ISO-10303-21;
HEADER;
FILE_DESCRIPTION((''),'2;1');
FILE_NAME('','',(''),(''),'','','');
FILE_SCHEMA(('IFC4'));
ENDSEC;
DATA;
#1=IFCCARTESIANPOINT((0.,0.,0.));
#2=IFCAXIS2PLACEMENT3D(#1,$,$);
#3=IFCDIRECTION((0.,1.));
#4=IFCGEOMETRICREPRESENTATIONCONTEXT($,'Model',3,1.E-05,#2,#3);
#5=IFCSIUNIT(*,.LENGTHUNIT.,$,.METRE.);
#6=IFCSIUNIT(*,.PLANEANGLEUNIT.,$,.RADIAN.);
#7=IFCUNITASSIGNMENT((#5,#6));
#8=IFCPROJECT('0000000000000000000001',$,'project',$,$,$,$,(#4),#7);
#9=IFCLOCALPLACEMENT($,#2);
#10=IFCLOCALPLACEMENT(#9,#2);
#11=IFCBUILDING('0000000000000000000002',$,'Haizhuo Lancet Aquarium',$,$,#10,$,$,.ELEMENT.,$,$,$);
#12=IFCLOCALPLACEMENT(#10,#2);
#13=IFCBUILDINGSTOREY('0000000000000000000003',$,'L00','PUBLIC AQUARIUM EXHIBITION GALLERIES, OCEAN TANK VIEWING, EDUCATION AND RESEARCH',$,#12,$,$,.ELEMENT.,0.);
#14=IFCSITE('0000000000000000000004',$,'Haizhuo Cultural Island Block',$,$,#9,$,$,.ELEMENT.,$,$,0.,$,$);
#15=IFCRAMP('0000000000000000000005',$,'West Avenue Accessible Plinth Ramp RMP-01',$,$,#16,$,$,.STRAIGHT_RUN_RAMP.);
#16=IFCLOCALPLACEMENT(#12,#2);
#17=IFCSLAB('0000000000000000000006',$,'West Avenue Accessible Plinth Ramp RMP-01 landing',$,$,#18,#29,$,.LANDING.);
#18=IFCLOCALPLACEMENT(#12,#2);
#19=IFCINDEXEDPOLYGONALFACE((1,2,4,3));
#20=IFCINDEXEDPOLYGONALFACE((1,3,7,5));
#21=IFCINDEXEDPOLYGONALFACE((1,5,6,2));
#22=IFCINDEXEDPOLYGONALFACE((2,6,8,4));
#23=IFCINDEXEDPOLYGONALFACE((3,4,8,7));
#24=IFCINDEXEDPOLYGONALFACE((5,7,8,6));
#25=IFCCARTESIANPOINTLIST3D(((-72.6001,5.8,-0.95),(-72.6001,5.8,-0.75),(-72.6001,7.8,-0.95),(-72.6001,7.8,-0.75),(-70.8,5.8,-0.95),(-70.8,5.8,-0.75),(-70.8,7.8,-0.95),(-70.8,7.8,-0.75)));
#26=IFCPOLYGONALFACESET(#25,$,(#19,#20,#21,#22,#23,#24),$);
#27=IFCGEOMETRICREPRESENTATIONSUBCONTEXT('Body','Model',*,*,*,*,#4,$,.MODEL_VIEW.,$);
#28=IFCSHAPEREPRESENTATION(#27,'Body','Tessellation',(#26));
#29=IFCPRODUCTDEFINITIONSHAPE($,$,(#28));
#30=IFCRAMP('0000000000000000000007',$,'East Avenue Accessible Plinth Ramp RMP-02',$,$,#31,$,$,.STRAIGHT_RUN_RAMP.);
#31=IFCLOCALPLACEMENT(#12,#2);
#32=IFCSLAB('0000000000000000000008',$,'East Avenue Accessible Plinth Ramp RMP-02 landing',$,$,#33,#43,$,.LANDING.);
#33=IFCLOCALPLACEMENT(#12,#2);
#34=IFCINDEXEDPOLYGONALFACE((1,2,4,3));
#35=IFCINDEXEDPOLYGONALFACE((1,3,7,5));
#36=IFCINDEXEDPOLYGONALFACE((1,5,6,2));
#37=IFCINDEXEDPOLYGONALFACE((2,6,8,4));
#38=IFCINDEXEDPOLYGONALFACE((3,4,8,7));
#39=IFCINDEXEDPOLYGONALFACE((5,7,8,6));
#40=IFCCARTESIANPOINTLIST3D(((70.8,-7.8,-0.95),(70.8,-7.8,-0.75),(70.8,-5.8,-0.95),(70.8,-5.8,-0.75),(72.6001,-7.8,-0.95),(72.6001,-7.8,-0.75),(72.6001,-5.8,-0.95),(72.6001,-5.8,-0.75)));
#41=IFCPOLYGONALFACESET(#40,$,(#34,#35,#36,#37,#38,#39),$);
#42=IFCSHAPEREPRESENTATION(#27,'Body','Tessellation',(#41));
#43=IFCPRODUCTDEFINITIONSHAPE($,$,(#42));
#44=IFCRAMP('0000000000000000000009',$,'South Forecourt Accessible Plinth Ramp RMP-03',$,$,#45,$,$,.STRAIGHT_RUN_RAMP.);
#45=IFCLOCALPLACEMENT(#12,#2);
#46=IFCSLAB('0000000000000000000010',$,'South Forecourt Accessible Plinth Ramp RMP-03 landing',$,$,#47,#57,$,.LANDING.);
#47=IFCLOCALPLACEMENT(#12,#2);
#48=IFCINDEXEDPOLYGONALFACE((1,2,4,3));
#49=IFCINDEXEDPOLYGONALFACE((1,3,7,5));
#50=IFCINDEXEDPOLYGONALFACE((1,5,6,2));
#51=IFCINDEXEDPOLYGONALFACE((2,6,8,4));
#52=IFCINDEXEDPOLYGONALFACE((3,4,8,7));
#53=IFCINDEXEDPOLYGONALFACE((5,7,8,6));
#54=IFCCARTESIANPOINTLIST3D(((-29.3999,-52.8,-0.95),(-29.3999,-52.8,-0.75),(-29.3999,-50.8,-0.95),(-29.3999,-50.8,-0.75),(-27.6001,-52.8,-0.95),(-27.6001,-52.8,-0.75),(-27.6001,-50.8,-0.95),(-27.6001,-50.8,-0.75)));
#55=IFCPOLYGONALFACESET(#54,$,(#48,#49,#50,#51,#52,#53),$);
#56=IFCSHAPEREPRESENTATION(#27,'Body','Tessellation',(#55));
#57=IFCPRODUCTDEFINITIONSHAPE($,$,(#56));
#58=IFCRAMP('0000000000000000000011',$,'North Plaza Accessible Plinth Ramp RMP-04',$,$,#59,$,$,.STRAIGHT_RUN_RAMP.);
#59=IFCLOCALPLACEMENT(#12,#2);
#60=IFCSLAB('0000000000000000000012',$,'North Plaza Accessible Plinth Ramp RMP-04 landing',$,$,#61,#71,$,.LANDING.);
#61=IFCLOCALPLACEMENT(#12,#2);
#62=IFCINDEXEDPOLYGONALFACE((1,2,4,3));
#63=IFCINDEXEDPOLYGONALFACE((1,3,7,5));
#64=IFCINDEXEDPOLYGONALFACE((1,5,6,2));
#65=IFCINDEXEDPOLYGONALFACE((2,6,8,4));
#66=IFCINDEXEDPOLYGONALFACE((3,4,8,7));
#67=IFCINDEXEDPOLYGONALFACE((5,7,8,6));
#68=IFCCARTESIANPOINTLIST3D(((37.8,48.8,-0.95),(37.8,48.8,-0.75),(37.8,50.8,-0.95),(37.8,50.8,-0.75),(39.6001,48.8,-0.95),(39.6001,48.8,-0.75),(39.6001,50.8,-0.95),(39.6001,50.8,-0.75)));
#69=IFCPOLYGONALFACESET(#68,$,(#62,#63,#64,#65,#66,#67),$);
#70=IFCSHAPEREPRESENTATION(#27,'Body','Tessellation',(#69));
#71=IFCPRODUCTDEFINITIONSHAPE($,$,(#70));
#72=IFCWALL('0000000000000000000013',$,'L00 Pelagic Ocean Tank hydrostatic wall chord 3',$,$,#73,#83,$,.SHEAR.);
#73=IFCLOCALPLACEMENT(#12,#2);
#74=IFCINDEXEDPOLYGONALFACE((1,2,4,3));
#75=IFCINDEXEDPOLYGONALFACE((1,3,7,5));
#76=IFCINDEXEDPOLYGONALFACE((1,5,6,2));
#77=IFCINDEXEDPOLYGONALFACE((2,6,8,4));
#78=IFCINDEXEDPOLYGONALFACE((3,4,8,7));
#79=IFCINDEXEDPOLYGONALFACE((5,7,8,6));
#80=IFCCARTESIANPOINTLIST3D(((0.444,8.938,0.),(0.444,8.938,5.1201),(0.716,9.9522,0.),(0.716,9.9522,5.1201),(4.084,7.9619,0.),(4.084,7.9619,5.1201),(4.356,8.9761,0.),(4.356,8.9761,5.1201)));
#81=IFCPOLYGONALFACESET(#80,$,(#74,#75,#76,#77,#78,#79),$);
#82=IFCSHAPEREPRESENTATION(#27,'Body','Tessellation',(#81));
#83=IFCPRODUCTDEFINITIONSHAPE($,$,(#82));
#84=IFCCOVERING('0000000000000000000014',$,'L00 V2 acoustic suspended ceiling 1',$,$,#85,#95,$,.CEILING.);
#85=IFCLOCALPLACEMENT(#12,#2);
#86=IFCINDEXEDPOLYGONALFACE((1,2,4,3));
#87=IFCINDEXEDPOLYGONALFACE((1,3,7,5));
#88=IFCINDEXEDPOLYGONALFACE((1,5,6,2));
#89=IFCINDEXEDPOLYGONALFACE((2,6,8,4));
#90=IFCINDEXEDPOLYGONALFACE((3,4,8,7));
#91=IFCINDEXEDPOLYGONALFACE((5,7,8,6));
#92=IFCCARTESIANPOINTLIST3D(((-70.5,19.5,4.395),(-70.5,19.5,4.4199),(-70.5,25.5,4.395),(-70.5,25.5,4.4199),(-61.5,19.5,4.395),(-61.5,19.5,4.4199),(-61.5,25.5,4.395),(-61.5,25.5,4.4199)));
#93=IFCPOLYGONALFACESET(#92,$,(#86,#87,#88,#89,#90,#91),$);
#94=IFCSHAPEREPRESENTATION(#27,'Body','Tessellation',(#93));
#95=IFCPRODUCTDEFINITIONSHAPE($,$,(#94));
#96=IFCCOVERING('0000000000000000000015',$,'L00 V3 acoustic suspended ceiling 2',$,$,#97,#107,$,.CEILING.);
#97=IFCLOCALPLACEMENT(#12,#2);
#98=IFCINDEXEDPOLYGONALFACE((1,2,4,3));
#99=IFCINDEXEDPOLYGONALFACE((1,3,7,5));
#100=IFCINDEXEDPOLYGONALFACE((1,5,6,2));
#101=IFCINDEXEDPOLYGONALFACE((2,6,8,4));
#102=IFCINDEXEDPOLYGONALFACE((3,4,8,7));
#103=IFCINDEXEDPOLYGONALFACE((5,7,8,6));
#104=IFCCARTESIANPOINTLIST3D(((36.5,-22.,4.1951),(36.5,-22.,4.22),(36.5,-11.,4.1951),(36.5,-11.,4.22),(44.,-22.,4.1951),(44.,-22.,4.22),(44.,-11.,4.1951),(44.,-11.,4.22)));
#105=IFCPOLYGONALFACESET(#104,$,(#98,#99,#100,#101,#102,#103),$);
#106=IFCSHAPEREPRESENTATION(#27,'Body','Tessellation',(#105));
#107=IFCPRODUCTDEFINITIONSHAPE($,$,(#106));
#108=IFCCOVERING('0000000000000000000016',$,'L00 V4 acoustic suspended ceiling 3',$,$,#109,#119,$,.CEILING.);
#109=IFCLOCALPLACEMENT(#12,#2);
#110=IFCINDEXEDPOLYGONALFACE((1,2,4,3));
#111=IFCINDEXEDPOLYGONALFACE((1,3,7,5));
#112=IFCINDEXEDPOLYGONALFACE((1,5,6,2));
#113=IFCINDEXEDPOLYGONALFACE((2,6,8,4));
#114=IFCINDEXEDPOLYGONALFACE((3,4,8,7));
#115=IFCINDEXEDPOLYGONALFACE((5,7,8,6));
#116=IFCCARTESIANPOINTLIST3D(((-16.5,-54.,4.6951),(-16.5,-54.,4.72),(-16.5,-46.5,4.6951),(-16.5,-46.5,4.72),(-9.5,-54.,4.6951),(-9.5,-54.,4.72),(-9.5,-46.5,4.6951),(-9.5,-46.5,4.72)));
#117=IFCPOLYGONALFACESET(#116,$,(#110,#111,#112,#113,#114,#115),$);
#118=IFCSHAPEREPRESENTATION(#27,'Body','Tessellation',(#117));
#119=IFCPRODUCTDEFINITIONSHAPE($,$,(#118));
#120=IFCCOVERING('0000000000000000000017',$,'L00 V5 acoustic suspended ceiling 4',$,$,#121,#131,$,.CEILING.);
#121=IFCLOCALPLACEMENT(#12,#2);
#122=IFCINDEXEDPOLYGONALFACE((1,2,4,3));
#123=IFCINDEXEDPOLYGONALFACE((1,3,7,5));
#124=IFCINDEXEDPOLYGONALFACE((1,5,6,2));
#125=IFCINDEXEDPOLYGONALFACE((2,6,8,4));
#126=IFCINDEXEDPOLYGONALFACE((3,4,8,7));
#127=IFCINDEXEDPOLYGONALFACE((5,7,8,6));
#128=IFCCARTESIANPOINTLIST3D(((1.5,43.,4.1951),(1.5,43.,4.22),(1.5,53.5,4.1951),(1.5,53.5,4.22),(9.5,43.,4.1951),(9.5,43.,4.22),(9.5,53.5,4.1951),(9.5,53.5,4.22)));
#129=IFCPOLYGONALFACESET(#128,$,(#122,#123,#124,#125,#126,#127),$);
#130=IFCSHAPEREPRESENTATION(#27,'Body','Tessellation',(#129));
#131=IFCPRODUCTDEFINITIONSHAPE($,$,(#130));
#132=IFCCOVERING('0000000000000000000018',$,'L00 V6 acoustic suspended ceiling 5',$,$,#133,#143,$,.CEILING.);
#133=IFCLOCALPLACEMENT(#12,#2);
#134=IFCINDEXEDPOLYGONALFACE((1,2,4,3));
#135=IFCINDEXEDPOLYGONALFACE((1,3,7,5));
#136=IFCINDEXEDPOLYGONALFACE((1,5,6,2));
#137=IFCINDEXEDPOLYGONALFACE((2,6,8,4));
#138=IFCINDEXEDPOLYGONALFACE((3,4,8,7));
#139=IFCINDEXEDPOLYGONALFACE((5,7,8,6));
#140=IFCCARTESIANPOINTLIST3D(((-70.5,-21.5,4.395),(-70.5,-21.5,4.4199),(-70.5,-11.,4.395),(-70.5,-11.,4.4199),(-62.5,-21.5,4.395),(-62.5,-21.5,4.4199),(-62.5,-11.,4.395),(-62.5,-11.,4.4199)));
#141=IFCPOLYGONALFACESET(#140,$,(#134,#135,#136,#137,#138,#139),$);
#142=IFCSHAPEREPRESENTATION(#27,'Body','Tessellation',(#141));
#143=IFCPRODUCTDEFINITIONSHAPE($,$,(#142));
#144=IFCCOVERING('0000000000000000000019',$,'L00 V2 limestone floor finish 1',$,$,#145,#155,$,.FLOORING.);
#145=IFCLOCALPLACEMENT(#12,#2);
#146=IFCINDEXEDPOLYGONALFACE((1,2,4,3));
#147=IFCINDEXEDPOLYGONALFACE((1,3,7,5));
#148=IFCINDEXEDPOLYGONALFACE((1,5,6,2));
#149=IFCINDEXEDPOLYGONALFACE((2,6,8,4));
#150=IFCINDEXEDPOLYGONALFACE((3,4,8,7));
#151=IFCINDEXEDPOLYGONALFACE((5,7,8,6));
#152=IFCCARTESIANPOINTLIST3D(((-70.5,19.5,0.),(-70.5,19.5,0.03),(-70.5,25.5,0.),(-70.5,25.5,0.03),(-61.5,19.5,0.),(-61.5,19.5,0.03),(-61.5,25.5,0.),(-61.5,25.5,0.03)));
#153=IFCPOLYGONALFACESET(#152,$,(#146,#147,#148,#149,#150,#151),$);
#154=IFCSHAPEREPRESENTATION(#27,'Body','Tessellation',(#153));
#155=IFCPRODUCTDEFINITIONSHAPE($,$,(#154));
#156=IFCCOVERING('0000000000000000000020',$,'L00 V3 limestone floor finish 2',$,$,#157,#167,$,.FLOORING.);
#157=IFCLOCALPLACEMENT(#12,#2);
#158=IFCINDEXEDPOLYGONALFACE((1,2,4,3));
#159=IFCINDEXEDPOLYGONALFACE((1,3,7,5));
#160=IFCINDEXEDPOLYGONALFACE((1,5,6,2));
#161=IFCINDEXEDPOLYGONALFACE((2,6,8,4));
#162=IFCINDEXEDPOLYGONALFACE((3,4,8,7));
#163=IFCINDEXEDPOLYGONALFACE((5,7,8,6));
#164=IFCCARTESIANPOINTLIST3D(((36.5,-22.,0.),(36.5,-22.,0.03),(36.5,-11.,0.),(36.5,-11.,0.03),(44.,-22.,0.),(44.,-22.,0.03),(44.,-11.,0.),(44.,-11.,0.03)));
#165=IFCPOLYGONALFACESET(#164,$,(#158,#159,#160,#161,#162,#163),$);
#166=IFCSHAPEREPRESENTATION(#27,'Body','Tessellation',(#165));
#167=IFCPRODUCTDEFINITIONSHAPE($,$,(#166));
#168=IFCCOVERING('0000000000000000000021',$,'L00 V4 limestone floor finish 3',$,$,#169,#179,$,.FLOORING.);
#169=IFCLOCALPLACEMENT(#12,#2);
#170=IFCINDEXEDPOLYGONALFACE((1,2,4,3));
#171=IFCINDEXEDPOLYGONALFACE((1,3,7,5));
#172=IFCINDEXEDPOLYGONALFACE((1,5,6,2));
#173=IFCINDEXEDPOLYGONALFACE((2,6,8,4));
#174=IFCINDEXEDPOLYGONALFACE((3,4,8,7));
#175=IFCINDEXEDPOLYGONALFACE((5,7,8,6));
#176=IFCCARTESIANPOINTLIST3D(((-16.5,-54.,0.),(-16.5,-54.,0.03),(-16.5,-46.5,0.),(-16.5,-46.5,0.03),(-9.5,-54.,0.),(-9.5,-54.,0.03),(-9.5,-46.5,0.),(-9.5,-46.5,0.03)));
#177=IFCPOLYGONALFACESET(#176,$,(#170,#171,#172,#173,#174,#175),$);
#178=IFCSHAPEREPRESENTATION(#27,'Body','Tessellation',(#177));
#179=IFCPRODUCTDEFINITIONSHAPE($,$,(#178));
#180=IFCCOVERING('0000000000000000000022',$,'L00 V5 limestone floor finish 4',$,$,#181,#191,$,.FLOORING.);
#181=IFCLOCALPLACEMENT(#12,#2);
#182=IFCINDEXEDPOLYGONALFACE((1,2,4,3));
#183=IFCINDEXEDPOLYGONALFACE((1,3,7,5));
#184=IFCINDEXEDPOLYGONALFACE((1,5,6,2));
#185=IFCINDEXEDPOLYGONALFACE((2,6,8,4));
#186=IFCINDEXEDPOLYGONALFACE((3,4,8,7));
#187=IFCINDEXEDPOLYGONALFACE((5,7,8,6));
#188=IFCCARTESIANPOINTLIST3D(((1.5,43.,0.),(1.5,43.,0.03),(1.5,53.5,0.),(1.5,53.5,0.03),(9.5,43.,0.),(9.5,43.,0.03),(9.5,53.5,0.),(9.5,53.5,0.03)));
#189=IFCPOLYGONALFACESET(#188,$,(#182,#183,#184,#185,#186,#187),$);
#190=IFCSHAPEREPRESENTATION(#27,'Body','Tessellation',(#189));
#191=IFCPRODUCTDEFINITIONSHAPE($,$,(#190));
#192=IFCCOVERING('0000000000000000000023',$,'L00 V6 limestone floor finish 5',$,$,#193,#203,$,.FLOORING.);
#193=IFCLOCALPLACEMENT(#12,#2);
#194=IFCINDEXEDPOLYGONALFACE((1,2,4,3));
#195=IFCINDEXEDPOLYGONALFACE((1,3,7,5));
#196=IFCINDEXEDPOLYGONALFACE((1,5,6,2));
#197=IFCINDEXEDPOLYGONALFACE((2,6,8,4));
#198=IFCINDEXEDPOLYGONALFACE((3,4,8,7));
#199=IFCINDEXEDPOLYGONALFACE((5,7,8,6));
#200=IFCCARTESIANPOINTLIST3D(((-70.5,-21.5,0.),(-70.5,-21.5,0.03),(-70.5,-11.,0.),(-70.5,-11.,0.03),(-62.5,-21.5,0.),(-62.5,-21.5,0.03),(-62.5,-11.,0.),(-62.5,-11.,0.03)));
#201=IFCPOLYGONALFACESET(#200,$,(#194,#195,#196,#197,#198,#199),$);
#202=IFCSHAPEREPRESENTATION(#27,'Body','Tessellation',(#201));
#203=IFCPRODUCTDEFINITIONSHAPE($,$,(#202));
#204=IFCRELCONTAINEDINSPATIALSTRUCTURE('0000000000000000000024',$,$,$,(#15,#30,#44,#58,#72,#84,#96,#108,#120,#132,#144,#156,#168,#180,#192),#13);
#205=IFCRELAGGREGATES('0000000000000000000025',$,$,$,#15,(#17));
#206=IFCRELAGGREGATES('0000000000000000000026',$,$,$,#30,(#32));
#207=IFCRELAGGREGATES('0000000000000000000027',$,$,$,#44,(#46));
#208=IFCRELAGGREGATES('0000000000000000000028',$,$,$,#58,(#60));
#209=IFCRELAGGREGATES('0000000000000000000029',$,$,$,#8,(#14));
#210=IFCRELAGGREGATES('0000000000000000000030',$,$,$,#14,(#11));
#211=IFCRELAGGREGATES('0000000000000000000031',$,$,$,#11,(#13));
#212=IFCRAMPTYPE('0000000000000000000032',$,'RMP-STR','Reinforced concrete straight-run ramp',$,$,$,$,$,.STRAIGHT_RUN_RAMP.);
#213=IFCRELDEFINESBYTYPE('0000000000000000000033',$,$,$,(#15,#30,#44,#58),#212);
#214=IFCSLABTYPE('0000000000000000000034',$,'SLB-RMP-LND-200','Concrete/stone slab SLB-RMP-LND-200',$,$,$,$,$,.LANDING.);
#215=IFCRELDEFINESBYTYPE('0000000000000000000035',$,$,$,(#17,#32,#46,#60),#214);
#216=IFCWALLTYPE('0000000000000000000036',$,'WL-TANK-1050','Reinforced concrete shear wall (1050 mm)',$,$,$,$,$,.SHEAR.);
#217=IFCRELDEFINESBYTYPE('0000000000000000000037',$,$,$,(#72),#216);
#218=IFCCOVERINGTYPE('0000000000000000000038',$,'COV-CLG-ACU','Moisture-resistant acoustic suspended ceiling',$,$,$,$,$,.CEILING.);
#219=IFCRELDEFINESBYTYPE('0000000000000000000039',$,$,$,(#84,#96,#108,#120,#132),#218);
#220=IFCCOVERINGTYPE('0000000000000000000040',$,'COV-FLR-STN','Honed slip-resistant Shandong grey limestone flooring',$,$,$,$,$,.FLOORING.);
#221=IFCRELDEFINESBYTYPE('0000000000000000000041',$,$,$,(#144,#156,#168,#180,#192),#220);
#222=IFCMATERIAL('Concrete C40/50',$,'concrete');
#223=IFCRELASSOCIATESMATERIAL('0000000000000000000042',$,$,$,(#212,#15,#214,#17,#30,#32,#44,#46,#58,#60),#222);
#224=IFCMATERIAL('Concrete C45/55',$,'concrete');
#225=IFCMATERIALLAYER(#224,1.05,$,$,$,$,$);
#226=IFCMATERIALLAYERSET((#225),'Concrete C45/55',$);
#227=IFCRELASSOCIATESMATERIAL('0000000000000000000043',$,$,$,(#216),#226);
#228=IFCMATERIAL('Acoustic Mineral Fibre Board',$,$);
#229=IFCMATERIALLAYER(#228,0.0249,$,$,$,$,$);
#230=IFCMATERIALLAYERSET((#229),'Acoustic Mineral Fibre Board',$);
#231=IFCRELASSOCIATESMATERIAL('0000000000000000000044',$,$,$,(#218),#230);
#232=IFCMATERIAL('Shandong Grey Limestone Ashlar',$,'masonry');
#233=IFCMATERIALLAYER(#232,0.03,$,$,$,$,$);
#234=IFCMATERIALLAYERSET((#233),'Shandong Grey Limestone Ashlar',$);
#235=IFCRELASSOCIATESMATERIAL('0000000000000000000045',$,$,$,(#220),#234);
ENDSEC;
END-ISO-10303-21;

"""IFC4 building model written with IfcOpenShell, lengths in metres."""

from ifc_helpers import new_model, si_unit, direction, frame, frame_2d, origin, place, context, subcontext, project, spatial, polyline, rectangle, outline, extrude, material, layer, layer_set, type_object, element, aggregate, save


model = new_model("IFC4")

# Units and contexts
model_context = context("Model", 3, precision=1e-05, world=origin(), true_north=direction((0.0, 1.0)))
body_context = subcontext(model_context, "Body", "Model", "MODEL_VIEW")
ifc_project = project(units=[si_unit("LENGTHUNIT", "METRE"), si_unit("PLANEANGLEUNIT", "RADIAN")], contexts=[model_context])

# Site, building, storey
site_placement = place(None, origin())
site = spatial("IfcSite", under=ifc_project, at=site_placement, Name="Haizhuo Cultural Island Block", CompositionType="ELEMENT", RefElevation=0.0)
building_placement = place(site_placement, origin())
building = spatial("IfcBuilding", under=site, at=building_placement, Name="Haizhuo Lancet Aquarium", CompositionType="ELEMENT")
storey_placement = place(building_placement, origin())
storey = spatial("IfcBuildingStorey", under=building, at=storey_placement, Name="L00", Description="PUBLIC AQUARIUM EXHIBITION GALLERIES, OCEAN TANK VIEWING, EDUCATION AND RESEARCH", CompositionType="ELEMENT", Elevation=0.0)

# Shared definitions
ifc_material_1 = material(Name="Concrete C45/55", Category="concrete")

# Shared definitions
ifc_material_2 = material(Name="Concrete C40/50", Category="concrete")

# Shared definitions
ifc_material_3 = material(Name="Shandong Grey Limestone Ashlar", Category="masonry")

# Ramps, slabs
ramp_type = type_object("IfcRampType", Name="RMP-STR", Description="Reinforced concrete straight-run ramp", PredefinedType="STRAIGHT_RUN_RAMP", material=ifc_material_2)
ramp_1_placement = place(storey_placement, origin())
ramp_1 = element("IfcRamp", 1, at=ramp_1_placement, inside=storey, type_object=ramp_type, material=ifc_material_2, Name="West Avenue Accessible Plinth Ramp RMP-01", PredefinedType="STRAIGHT_RUN_RAMP")
slab_type_1 = type_object("IfcSlabType", Name="SLB-RMP-LND-200", Description="Concrete/stone slab SLB-RMP-LND-200", PredefinedType="LANDING", material=ifc_material_2)
slab_1_placement = place(storey_placement, frame((0.0, 0.0, -0.95)))
slab_1 = element("IfcSlab", 2, at=slab_1_placement, type_object=slab_type_1, material=ifc_material_2, Name="West Avenue Accessible Plinth Ramp RMP-01 landing", PredefinedType="LANDING", context=body_context, shape_type="SweptSolid", body=[
    extrude(outline(polyline([(-72.6001, 5.8), (-70.8, 5.8), (-70.8, 7.8), (-72.6001, 7.8), (-72.6001, 5.8)])), origin(), (0.0, 0.0, 1.0), 0.2),
])
aggregate(ramp_1, [slab_1])
ramp_2_placement = place(storey_placement, origin())
ramp_2 = element("IfcRamp", 3, at=ramp_2_placement, inside=storey, type_object=ramp_type, material=ifc_material_2, Name="East Avenue Accessible Plinth Ramp RMP-02", PredefinedType="STRAIGHT_RUN_RAMP")
slab_2_placement = place(storey_placement, frame((0.0, 0.0, -0.95)))
slab_2 = element("IfcSlab", 4, at=slab_2_placement, type_object=slab_type_1, material=ifc_material_2, Name="East Avenue Accessible Plinth Ramp RMP-02 landing", PredefinedType="LANDING", context=body_context, shape_type="SweptSolid", body=[
    extrude(outline(polyline([(70.8, -7.8), (72.6001, -7.8), (72.6001, -5.8), (70.8, -5.8), (70.8, -7.8)])), origin(), (0.0, 0.0, 1.0), 0.2),
])
aggregate(ramp_2, [slab_2])
ramp_3_placement = place(storey_placement, origin())
ramp_3 = element("IfcRamp", 5, at=ramp_3_placement, inside=storey, type_object=ramp_type, material=ifc_material_2, Name="South Forecourt Accessible Plinth Ramp RMP-03", PredefinedType="STRAIGHT_RUN_RAMP")
slab_3_placement = place(storey_placement, frame((0.0, 0.0, -0.95)))
slab_3 = element("IfcSlab", 6, at=slab_3_placement, type_object=slab_type_1, material=ifc_material_2, Name="South Forecourt Accessible Plinth Ramp RMP-03 landing", PredefinedType="LANDING", context=body_context, shape_type="SweptSolid", body=[
    extrude(outline(polyline([(-29.3999, -52.8), (-27.6001, -52.8), (-27.6001, -50.8), (-29.3999, -50.8), (-29.3999, -52.8)])), origin(), (0.0, 0.0, 1.0), 0.2),
])
aggregate(ramp_3, [slab_3])
ramp_4_placement = place(storey_placement, origin())
ramp_4 = element("IfcRamp", 7, at=ramp_4_placement, inside=storey, type_object=ramp_type, material=ifc_material_2, Name="North Plaza Accessible Plinth Ramp RMP-04", PredefinedType="STRAIGHT_RUN_RAMP")
slab_4_placement = place(storey_placement, frame((0.0, 0.0, -0.95)))
slab_4 = element("IfcSlab", 8, at=slab_4_placement, type_object=slab_type_1, material=ifc_material_2, Name="North Plaza Accessible Plinth Ramp RMP-04 landing", PredefinedType="LANDING", context=body_context, shape_type="SweptSolid", body=[
    extrude(outline(polyline([(37.8, 48.8), (39.6001, 48.8), (39.6001, 50.8), (37.8, 50.8), (37.8, 48.8)])), origin(), (0.0, 0.0, 1.0), 0.2),
])
aggregate(ramp_4, [slab_4])

# Wall
ifc_layer_1 = layer(ifc_material_1, 1.05)
ifc_layer_set_1 = layer_set([ifc_layer_1], Name="Concrete C45/55")
wall_type = type_object("IfcWallType", Name="WL-TANK-1050", Description="Reinforced concrete shear wall (1050 mm)", PredefinedType="SHEAR", material=ifc_layer_set_1)
wall_placement = place(storey_placement, frame((4.22, 8.469, 0.0), z_axis=(0.0, 0.0, 1.0), x_axis=(-0.965875, 0.259009, 0.0)))
element("IfcWall", 9, at=wall_placement, inside=storey, type_object=wall_type, Name="L00 Pelagic Ocean Tank hydrostatic wall chord 3", PredefinedType="SHEAR", context=body_context, shape_type="SweptSolid", body=[
    extrude(rectangle(XDim=3.7686, YDim=1.05, at=frame_2d((1.8843, 0.0))), origin(), (0.0, 0.0, 1.0), 5.1201),
])

# Coverings
ifc_material_4 = material(Name="Acoustic Mineral Fibre Board")
ifc_layer_2 = layer(ifc_material_4, 0.0249)
ifc_layer_set_2 = layer_set([ifc_layer_2], Name="Acoustic Mineral Fibre Board")
covering_type_1 = type_object("IfcCoveringType", Name="COV-CLG-ACU", Description="Moisture-resistant acoustic suspended ceiling", PredefinedType="CEILING", material=ifc_layer_set_2)
covering_1_placement = place(storey_placement, frame((0.0, 0.0, 4.395)))
element("IfcCovering", 10, at=covering_1_placement, inside=storey, type_object=covering_type_1, Name="L00 V2 acoustic suspended ceiling 1", PredefinedType="CEILING", context=body_context, shape_type="SweptSolid", body=[
    extrude(outline(polyline([(-70.5, 19.5), (-61.5, 19.5), (-61.5, 25.5), (-70.5, 25.5), (-70.5, 19.5)])), origin(), (0.0, 0.0, 1.0), 0.0249),
])
covering_2_placement = place(storey_placement, frame((0.0, 0.0, 4.1951)))
element("IfcCovering", 11, at=covering_2_placement, inside=storey, type_object=covering_type_1, Name="L00 V3 acoustic suspended ceiling 2", PredefinedType="CEILING", context=body_context, shape_type="SweptSolid", body=[
    extrude(outline(polyline([(36.5, -22.0), (44.0, -22.0), (44.0, -11.0), (36.5, -11.0), (36.5, -22.0)])), origin(), (0.0, 0.0, 1.0), 0.0249),
])
covering_3_placement = place(storey_placement, frame((0.0, 0.0, 4.6951)))
element("IfcCovering", 12, at=covering_3_placement, inside=storey, type_object=covering_type_1, Name="L00 V4 acoustic suspended ceiling 3", PredefinedType="CEILING", context=body_context, shape_type="SweptSolid", body=[
    extrude(outline(polyline([(-16.5, -54.0), (-9.5, -54.0), (-9.5, -46.5), (-16.5, -46.5), (-16.5, -54.0)])), origin(), (0.0, 0.0, 1.0), 0.0249),
])
covering_4_placement = place(storey_placement, frame((0.0, 0.0, 4.1951)))
element("IfcCovering", 13, at=covering_4_placement, inside=storey, type_object=covering_type_1, Name="L00 V5 acoustic suspended ceiling 4", PredefinedType="CEILING", context=body_context, shape_type="SweptSolid", body=[
    extrude(outline(polyline([(1.5, 43.0), (9.5, 43.0), (9.5, 53.5), (1.5, 53.5), (1.5, 43.0)])), origin(), (0.0, 0.0, 1.0), 0.0249),
])
covering_5_placement = place(storey_placement, frame((0.0, 0.0, 4.395)))
element("IfcCovering", 14, at=covering_5_placement, inside=storey, type_object=covering_type_1, Name="L00 V6 acoustic suspended ceiling 5", PredefinedType="CEILING", context=body_context, shape_type="SweptSolid", body=[
    extrude(outline(polyline([(-70.5, -21.5), (-62.5, -21.5), (-62.5, -11.0), (-70.5, -11.0), (-70.5, -21.5)])), origin(), (0.0, 0.0, 1.0), 0.0249),
])
ifc_layer_3 = layer(ifc_material_3, 0.03)
ifc_layer_set_3 = layer_set([ifc_layer_3], Name="Shandong Grey Limestone Ashlar")
covering_type_2 = type_object("IfcCoveringType", Name="COV-FLR-STN", Description="Honed slip-resistant Shandong grey limestone flooring", PredefinedType="FLOORING", material=ifc_layer_set_3)
covering_6_placement = place(storey_placement, origin())
element("IfcCovering", 15, at=covering_6_placement, inside=storey, type_object=covering_type_2, Name="L00 V2 limestone floor finish 1", PredefinedType="FLOORING", context=body_context, shape_type="SweptSolid", body=[
    extrude(outline(polyline([(-70.5, 19.5), (-61.5, 19.5), (-61.5, 25.5), (-70.5, 25.5), (-70.5, 19.5)])), origin(), (0.0, 0.0, 1.0), 0.03),
])
covering_7_placement = place(storey_placement, origin())
element("IfcCovering", 16, at=covering_7_placement, inside=storey, type_object=covering_type_2, Name="L00 V3 limestone floor finish 2", PredefinedType="FLOORING", context=body_context, shape_type="SweptSolid", body=[
    extrude(outline(polyline([(36.5, -22.0), (44.0, -22.0), (44.0, -11.0), (36.5, -11.0), (36.5, -22.0)])), origin(), (0.0, 0.0, 1.0), 0.03),
])
covering_8_placement = place(storey_placement, origin())
element("IfcCovering", 17, at=covering_8_placement, inside=storey, type_object=covering_type_2, Name="L00 V4 limestone floor finish 3", PredefinedType="FLOORING", context=body_context, shape_type="SweptSolid", body=[
    extrude(outline(polyline([(-16.5, -54.0), (-9.5, -54.0), (-9.5, -46.5), (-16.5, -46.5), (-16.5, -54.0)])), origin(), (0.0, 0.0, 1.0), 0.03),
])
covering_9_placement = place(storey_placement, origin())
element("IfcCovering", 18, at=covering_9_placement, inside=storey, type_object=covering_type_2, Name="L00 V5 limestone floor finish 4", PredefinedType="FLOORING", context=body_context, shape_type="SweptSolid", body=[
    extrude(outline(polyline([(1.5, 43.0), (9.5, 43.0), (9.5, 53.5), (1.5, 53.5), (1.5, 43.0)])), origin(), (0.0, 0.0, 1.0), 0.03),
])
covering_10_placement = place(storey_placement, origin())
element("IfcCovering", 19, at=covering_10_placement, inside=storey, type_object=covering_type_2, Name="L00 V6 limestone floor finish 5", PredefinedType="FLOORING", context=body_context, shape_type="SweptSolid", body=[
    extrude(outline(polyline([(-70.5, -21.5), (-62.5, -21.5), (-62.5, -11.0), (-70.5, -11.0), (-70.5, -21.5)])), origin(), (0.0, 0.0, 1.0), 0.03),
])

save(model, "model.ifc")
